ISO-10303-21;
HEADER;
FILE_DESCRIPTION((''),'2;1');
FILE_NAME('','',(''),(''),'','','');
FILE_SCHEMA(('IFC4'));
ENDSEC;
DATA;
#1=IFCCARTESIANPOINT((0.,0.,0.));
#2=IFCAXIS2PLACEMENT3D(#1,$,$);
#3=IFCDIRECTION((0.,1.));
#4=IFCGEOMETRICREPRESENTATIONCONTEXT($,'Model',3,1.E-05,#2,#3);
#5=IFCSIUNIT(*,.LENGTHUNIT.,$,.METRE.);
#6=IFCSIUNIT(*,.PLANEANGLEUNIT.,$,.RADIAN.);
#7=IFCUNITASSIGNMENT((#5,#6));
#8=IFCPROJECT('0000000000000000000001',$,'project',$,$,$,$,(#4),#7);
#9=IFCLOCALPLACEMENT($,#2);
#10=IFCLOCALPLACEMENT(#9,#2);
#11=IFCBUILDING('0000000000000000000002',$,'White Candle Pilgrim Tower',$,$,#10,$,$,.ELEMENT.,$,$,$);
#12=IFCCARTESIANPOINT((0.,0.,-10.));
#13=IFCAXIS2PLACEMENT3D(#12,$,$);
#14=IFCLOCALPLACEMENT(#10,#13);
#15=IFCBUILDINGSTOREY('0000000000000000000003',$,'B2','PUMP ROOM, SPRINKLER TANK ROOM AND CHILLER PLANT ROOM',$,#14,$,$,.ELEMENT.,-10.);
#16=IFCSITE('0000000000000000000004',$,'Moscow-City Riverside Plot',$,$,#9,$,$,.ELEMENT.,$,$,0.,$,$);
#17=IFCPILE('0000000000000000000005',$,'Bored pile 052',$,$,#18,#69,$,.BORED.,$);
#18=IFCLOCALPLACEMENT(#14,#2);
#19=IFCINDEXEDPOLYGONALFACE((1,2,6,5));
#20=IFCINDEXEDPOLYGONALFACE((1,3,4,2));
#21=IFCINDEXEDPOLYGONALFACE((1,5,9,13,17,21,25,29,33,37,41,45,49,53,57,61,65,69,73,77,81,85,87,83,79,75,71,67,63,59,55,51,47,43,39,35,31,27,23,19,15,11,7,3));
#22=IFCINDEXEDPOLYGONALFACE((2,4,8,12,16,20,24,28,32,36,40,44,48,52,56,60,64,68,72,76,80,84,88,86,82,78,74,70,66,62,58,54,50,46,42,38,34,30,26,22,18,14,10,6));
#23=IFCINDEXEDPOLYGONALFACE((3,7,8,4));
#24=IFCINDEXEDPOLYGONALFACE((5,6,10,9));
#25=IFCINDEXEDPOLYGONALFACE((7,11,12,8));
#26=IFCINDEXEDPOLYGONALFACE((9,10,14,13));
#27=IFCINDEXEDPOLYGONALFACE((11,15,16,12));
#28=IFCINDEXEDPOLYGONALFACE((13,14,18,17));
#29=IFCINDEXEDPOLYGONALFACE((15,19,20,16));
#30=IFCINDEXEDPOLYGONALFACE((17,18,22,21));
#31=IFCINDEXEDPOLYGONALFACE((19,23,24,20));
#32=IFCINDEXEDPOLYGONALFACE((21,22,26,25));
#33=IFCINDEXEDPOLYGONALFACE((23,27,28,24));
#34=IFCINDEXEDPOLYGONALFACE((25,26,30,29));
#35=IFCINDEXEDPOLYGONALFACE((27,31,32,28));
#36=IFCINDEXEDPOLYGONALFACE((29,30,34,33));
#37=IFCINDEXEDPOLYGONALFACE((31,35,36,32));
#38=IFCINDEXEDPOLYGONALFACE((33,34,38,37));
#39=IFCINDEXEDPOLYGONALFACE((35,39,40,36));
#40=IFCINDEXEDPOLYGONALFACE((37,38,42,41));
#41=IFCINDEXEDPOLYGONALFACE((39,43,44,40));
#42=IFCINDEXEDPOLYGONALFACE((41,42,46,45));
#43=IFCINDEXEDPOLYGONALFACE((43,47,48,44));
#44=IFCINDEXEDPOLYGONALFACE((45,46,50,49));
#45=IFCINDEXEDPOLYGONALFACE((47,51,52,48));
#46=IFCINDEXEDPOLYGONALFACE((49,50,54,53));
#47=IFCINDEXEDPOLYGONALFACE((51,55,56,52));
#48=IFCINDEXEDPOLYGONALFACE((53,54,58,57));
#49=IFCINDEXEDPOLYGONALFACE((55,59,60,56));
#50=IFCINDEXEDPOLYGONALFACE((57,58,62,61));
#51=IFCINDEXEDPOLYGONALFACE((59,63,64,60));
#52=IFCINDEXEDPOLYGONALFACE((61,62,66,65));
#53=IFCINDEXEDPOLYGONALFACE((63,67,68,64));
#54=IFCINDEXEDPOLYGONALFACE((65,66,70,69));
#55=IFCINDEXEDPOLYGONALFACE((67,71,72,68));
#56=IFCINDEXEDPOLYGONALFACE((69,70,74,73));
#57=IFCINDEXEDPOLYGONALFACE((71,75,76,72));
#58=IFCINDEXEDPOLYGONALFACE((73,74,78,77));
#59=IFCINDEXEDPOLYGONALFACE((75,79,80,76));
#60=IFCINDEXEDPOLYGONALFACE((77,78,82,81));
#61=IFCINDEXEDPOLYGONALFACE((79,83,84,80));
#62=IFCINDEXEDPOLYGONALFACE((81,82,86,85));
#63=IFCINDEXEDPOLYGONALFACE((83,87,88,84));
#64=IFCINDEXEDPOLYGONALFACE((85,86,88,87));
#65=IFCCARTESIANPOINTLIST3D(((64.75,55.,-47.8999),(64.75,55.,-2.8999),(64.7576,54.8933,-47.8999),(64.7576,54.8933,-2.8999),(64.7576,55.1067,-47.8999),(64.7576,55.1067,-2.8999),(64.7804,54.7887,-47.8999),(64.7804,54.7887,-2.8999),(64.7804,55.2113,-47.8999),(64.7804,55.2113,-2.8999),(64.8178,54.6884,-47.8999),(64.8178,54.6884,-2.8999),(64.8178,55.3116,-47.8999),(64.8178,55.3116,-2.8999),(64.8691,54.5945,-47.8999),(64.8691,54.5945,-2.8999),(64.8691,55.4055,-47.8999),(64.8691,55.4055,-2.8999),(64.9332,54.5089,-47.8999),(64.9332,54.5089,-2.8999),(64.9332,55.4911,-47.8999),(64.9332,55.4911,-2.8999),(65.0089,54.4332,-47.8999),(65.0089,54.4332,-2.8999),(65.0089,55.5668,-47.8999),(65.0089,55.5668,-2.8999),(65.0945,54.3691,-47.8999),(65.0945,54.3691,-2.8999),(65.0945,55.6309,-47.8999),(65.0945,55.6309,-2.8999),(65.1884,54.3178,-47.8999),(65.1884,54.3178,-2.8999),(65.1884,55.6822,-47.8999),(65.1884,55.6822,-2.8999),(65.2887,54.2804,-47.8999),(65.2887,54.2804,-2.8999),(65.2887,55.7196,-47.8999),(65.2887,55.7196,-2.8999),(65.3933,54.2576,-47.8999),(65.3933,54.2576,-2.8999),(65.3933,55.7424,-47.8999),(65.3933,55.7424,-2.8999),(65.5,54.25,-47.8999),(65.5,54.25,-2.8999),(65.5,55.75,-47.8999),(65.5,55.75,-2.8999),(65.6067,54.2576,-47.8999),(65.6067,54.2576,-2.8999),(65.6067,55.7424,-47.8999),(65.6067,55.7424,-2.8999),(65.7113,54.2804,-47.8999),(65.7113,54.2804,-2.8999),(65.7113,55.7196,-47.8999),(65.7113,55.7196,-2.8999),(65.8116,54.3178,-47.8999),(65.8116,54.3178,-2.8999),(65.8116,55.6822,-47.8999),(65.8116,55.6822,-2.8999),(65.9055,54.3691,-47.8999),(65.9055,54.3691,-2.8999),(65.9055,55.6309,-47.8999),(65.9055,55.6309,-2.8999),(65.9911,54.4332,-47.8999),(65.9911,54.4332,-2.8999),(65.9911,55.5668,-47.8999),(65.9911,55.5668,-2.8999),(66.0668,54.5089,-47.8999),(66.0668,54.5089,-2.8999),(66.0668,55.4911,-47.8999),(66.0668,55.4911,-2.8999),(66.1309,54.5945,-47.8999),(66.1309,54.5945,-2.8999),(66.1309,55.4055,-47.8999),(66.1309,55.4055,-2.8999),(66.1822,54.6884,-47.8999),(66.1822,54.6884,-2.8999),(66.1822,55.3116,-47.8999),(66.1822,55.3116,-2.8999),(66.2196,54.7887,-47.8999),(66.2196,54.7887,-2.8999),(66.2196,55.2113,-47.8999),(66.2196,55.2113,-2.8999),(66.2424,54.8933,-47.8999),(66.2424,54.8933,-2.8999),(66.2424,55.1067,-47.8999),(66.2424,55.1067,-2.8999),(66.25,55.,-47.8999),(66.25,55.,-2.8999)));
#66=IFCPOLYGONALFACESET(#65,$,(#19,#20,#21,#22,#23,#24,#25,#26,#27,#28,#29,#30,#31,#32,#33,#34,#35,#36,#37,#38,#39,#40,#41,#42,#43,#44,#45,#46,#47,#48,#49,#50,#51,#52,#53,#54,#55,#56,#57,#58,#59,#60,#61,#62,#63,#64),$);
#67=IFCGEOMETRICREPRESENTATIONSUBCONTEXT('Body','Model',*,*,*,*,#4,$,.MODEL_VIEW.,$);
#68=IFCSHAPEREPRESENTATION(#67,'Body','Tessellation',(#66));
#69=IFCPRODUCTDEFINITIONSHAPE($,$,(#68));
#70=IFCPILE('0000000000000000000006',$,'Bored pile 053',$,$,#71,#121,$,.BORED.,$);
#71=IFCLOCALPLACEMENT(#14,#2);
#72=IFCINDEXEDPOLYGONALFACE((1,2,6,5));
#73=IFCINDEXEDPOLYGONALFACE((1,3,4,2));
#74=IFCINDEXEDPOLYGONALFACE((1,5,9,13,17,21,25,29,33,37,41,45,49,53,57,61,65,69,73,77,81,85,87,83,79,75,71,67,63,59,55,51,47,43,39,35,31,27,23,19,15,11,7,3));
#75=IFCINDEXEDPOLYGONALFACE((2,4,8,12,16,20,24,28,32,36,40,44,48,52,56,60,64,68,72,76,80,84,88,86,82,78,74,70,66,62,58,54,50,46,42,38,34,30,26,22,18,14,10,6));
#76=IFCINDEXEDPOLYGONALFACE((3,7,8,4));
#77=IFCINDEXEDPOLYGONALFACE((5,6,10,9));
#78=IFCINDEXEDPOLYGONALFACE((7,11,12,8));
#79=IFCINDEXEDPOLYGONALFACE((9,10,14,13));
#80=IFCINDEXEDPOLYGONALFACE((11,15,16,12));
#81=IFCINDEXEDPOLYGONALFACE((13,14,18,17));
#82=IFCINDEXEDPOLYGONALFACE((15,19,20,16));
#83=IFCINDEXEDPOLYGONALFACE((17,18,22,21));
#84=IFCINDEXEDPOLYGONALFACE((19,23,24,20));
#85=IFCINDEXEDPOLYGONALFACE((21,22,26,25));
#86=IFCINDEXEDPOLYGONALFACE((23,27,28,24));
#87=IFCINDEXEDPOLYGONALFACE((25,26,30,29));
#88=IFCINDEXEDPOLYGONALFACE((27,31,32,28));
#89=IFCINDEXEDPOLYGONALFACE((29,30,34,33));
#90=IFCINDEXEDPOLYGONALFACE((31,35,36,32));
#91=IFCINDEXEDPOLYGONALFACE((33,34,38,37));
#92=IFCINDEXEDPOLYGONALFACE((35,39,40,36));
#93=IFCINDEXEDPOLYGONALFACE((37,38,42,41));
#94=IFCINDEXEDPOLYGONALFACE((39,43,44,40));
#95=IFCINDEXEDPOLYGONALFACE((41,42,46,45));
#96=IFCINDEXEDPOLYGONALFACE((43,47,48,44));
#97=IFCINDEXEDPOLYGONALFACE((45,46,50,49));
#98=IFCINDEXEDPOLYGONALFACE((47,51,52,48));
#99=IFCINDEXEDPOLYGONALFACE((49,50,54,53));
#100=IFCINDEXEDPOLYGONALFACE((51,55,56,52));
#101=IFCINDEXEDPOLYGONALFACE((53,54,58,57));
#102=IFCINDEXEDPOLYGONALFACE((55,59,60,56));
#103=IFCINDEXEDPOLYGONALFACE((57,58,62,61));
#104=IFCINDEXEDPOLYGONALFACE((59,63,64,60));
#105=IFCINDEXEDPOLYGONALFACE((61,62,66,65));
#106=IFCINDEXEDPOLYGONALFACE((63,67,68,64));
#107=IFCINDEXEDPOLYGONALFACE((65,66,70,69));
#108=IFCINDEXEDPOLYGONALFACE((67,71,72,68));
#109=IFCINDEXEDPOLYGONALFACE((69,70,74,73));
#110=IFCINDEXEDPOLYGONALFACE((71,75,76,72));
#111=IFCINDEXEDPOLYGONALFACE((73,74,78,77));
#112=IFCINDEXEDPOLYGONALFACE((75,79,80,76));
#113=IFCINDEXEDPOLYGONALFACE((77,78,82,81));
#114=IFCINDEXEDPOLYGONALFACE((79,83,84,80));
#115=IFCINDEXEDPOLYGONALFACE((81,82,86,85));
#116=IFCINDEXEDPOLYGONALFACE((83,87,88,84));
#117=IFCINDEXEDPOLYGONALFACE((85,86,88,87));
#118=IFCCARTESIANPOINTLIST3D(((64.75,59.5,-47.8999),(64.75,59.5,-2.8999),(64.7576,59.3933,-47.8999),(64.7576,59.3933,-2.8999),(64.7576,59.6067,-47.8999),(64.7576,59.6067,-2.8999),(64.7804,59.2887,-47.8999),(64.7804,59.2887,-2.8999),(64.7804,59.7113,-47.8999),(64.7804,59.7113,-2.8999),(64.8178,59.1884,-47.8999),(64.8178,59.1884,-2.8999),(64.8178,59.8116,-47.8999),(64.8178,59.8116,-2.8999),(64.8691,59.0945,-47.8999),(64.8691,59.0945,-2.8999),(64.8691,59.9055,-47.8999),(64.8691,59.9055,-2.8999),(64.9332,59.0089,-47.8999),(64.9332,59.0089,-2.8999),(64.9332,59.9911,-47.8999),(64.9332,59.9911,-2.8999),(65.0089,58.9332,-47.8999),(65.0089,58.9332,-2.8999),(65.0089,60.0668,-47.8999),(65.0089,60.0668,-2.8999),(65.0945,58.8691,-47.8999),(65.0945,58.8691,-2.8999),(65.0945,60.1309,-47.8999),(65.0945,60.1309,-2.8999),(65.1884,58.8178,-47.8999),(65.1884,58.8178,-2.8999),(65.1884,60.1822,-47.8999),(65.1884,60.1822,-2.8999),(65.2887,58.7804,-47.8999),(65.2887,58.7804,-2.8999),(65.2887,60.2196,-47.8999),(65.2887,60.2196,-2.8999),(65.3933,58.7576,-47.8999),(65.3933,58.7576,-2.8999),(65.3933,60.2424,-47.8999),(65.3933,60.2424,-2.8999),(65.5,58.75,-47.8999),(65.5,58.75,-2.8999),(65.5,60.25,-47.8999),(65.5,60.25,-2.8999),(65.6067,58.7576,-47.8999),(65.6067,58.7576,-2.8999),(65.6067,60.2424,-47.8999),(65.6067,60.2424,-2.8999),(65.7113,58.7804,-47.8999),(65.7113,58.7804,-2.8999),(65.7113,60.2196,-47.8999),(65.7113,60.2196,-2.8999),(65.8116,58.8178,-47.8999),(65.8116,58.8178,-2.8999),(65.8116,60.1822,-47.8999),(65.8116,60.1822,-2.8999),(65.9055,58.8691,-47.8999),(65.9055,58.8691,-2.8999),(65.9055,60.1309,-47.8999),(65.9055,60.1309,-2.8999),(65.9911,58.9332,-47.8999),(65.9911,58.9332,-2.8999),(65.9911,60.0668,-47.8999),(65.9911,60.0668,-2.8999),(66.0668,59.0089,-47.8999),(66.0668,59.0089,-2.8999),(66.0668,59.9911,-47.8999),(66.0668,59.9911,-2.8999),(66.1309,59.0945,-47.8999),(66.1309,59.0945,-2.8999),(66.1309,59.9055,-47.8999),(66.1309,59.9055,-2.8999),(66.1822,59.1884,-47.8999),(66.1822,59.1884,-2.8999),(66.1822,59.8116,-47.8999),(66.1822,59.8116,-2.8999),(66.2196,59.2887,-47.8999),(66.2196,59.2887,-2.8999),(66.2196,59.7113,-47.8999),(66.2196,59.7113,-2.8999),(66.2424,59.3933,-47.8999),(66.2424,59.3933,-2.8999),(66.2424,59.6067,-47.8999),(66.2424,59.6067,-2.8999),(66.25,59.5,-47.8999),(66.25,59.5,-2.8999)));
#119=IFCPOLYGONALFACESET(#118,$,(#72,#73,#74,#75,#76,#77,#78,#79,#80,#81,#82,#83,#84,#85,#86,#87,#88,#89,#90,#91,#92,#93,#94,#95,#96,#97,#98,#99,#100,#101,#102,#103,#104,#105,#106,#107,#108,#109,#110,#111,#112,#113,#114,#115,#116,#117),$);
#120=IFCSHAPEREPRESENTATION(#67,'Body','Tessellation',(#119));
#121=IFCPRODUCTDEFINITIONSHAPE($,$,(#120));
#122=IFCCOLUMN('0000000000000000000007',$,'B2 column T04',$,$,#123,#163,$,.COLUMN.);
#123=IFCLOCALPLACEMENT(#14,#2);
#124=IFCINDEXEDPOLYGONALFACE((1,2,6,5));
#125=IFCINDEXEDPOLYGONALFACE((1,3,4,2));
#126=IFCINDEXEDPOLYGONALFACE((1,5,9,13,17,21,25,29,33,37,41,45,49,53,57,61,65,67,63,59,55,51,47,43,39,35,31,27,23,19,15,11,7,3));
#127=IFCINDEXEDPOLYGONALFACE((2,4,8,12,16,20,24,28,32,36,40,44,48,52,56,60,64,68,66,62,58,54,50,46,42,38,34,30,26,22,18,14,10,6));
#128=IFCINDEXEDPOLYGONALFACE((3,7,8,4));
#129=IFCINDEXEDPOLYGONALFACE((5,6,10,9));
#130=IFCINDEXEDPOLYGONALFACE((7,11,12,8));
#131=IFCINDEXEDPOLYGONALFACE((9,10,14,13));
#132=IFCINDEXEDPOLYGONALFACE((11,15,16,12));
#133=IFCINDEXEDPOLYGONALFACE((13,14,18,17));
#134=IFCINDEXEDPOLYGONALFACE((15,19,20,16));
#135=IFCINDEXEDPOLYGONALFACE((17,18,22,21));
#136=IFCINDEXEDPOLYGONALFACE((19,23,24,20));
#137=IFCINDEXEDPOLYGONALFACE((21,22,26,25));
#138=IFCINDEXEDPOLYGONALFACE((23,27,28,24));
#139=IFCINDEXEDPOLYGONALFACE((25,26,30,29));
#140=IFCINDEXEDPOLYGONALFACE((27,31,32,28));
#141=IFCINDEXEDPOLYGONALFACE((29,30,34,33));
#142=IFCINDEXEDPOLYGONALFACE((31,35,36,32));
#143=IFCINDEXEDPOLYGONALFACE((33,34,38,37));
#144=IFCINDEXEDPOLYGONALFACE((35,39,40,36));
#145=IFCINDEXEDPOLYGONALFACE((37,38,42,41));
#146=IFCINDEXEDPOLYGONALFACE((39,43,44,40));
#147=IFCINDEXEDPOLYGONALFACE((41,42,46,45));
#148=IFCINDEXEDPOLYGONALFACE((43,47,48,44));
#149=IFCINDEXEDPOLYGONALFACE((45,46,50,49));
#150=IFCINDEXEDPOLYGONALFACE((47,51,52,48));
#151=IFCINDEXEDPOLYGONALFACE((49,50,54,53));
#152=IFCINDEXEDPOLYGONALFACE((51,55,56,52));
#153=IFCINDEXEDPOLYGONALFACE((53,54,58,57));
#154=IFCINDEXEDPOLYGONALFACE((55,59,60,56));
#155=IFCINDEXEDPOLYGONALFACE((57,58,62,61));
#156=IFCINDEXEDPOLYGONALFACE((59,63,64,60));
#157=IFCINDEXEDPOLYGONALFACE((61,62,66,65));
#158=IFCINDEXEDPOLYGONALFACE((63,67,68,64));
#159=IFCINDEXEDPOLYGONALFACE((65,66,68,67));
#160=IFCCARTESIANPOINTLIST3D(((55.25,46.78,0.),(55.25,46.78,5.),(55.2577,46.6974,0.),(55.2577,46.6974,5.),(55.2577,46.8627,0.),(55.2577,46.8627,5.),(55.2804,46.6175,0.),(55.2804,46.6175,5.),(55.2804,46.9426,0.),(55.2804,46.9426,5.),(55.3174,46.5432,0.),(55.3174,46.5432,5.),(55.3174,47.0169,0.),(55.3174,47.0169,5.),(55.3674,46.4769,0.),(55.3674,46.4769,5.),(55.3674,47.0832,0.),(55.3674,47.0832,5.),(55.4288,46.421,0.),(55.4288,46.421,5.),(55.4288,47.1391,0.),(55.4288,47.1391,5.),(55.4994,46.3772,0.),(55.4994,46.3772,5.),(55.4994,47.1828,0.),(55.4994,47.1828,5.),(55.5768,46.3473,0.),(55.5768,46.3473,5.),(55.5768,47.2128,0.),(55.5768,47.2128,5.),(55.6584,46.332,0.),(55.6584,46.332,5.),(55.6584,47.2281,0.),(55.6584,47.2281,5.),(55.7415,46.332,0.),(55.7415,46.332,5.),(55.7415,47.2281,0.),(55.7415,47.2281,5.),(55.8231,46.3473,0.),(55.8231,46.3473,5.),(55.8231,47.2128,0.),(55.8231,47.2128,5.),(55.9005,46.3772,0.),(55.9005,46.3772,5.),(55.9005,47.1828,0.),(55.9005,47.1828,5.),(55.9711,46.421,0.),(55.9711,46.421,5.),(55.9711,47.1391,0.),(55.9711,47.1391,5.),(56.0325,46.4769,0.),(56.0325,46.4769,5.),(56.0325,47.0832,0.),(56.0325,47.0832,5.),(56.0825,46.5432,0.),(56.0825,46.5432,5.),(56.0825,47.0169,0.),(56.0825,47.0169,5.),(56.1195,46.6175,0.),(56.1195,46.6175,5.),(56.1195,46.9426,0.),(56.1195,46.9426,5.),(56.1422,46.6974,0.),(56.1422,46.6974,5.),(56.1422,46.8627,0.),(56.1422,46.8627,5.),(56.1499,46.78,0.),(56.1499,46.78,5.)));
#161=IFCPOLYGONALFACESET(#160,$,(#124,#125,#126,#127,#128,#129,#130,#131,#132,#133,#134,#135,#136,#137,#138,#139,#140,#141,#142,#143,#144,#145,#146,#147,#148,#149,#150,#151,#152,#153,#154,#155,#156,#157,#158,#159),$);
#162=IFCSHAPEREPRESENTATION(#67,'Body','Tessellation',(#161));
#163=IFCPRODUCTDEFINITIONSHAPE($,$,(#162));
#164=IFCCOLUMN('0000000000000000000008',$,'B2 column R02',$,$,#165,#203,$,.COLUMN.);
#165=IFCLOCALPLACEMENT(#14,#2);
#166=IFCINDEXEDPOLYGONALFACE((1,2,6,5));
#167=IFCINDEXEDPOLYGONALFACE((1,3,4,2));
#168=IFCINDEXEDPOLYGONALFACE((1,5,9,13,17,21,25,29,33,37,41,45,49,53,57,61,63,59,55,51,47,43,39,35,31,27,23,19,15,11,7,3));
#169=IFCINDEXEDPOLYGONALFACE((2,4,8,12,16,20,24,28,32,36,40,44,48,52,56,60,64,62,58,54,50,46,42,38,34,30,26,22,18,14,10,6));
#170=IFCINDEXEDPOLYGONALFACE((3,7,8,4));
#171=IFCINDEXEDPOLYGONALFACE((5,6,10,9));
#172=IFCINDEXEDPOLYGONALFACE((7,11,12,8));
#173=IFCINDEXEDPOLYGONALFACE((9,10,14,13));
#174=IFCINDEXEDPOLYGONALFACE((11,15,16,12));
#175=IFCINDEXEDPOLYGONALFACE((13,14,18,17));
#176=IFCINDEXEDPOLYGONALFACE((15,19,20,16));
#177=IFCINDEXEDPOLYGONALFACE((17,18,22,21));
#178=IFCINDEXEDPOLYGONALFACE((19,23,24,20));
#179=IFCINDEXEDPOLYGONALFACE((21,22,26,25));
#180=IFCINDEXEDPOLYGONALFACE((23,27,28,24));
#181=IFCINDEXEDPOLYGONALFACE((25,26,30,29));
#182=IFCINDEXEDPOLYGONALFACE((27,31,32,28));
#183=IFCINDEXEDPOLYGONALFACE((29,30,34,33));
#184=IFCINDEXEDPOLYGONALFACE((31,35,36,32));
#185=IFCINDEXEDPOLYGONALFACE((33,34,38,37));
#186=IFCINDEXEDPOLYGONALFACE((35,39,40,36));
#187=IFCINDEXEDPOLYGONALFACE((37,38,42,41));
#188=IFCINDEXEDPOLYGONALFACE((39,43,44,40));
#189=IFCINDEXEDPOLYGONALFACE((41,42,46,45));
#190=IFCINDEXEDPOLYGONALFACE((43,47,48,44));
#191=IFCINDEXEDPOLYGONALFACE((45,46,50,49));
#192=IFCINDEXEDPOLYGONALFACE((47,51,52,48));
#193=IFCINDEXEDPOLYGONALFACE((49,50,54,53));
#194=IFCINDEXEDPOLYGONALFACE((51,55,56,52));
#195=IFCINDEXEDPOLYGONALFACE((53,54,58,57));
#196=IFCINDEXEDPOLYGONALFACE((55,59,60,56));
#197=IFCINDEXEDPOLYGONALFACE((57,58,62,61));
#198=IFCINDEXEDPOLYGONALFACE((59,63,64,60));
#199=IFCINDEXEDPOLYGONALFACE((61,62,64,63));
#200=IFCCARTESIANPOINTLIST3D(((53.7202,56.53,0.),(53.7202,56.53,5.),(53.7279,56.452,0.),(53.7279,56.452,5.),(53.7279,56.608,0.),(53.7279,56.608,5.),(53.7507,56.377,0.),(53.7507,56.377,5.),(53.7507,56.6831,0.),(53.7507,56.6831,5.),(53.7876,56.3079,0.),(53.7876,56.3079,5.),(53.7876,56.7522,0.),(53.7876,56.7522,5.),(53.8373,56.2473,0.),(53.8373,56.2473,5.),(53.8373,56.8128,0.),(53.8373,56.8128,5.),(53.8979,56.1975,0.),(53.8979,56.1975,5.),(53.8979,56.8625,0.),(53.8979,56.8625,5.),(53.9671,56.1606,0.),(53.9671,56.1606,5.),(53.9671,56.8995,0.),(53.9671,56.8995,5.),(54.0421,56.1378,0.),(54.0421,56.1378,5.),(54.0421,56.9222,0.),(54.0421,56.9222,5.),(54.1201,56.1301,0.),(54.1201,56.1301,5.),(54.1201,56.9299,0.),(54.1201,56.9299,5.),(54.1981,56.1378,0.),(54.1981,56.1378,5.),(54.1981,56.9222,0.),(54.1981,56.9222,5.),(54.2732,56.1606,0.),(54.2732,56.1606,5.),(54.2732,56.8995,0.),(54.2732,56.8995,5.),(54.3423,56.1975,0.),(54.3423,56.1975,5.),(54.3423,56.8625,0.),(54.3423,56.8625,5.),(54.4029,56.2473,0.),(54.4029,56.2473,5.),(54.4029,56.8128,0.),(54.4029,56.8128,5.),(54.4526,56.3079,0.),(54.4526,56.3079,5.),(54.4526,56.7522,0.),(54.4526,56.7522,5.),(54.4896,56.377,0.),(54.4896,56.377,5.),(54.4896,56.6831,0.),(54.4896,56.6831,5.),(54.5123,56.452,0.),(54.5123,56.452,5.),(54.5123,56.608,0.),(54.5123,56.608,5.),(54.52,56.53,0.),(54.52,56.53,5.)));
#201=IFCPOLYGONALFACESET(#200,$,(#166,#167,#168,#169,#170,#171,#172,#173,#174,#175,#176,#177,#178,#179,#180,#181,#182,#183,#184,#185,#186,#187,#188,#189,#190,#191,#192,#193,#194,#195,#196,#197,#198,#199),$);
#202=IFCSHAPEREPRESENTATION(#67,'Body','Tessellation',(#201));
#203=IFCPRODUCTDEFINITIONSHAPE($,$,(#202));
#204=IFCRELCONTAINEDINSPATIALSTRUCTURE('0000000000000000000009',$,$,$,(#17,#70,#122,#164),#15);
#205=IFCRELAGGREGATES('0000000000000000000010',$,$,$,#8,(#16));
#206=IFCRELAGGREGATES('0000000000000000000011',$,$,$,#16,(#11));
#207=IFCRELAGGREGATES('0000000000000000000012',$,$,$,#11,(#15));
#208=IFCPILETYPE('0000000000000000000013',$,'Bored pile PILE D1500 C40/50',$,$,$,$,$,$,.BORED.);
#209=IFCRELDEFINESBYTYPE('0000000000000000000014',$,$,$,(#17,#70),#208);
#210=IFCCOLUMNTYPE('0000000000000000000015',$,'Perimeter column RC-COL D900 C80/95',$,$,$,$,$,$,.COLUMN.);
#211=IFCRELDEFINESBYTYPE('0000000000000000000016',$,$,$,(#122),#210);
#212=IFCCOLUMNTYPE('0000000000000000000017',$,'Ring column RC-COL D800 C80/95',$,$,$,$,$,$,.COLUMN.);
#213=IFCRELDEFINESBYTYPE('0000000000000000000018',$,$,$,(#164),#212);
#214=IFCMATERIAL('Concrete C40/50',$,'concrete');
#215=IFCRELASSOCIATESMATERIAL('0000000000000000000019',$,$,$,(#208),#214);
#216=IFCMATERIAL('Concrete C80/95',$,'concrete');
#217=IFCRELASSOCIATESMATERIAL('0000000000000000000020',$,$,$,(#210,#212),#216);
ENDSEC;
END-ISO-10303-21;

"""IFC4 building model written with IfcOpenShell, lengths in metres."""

from ifc_helpers import new_model, si_unit, direction, frame, origin, origin_2d, place, context, subcontext, project, spatial, circle, extrude, material, material_profile, profile_set, type_object, element, save


model = new_model("IFC4")

# Units and contexts
model_context = context("Model", 3, precision=1e-05, world=origin(), true_north=direction((0.0, 1.0)))
body_context = subcontext(model_context, "Body", "Model", "MODEL_VIEW")
ifc_project = project(units=[si_unit("LENGTHUNIT", "METRE"), si_unit("PLANEANGLEUNIT", "RADIAN")], contexts=[model_context])

# Site, building, storey
site_placement = place(None, origin())
site = spatial("IfcSite", under=ifc_project, at=site_placement, Name="Moscow-City Riverside Plot", CompositionType="ELEMENT", RefElevation=0.0)
building_placement = place(site_placement, origin())
building = spatial("IfcBuilding", under=site, at=building_placement, Name="White Candle Pilgrim Tower", CompositionType="ELEMENT")
storey_placement = place(building_placement, frame((0.0, 0.0, -10.0)))
storey = spatial("IfcBuildingStorey", under=building, at=storey_placement, Name="B2", Description="PUMP ROOM, SPRINKLER TANK ROOM AND CHILLER PLANT ROOM", CompositionType="ELEMENT", Elevation=-10.0)

# Piles
ifc_material_1 = material(Name="Concrete C40/50", Category="concrete")
ifc_material_profile_1 = material_profile(ifc_material_1, circle(Radius=0.75, at=origin_2d()), Name="PILE D1500")
ifc_profile_set_1 = profile_set([ifc_material_profile_1], Name="Concrete C40/50")
pile_type = type_object("IfcPileType", Name="Bored pile PILE D1500 C40/50", PredefinedType="BORED", material=ifc_profile_set_1)
for number, where, z_axis, x_axis, name in (
    (1, (65.5, 55.0, -2.8999), (0.0, 0.0, -1.0), (1.0, 0.0, 0.0), "Bored pile 052"),
    (2, (65.5, 59.5, -2.8999), (0.0, 0.0, -1.0), (1.0, 0.0, 0.0), "Bored pile 053"),
):
    element("IfcPile", number, at=place(storey_placement, frame(where, z_axis=z_axis, x_axis=x_axis)), inside=storey, type_object=pile_type, Name=name, PredefinedType="BORED", context=body_context, shape_type="SweptSolid", body=[
        extrude(circle(Radius=0.75, at=origin_2d()), origin(), (0.0, 0.0, 1.0), 45.0),
    ])

# Columns
ifc_material_2 = material(Name="Concrete C80/95", Category="concrete")
ifc_material_profile_2 = material_profile(ifc_material_2, circle(Radius=0.45, at=origin_2d()), Name="RC-COL D900")
ifc_profile_set_2 = profile_set([ifc_material_profile_2], Name="Concrete C80/95")
column_type_1 = type_object("IfcColumnType", Name="Perimeter column RC-COL D900 C80/95", PredefinedType="COLUMN", material=ifc_profile_set_2)
column_placement = place(storey_placement, frame((55.7, 46.78, 0.0), z_axis=(0.0, 0.0, 1.0), x_axis=(1.0, 0.0, 0.0)))
element("IfcColumn", 3, at=column_placement, inside=storey, type_object=column_type_1, Name="B2 column T04", PredefinedType="COLUMN", context=body_context, shape_type="SweptSolid", body=[
    extrude(circle(Radius=0.45, at=origin_2d()), origin(), (0.0, 0.0, 1.0), 5.0),
])
ifc_material_profile_3 = material_profile(ifc_material_2, circle(Radius=0.3999, at=origin_2d()), Name="RC-COL D800")
ifc_profile_set_3 = profile_set([ifc_material_profile_3], Name="Concrete C80/95")
column_type_2 = type_object("IfcColumnType", Name="Ring column RC-COL D800 C80/95", PredefinedType="COLUMN", material=ifc_profile_set_3)
for number, where, z_axis, x_axis, name in (
    (4, (54.1201, 56.53, 0.0), (0.0, 0.0, 1.0), (1.0, 0.0, 0.0), "B2 column R02"),
):
    element("IfcColumn", number, at=place(storey_placement, frame(where, z_axis=z_axis, x_axis=x_axis)), inside=storey, type_object=column_type_2, Name=name, PredefinedType="COLUMN", context=body_context, shape_type="SweptSolid", body=[
        extrude(circle(Radius=0.3999, at=origin_2d()), origin(), (0.0, 0.0, 1.0), 5.0),
    ])

save(model, "model.ifc")
